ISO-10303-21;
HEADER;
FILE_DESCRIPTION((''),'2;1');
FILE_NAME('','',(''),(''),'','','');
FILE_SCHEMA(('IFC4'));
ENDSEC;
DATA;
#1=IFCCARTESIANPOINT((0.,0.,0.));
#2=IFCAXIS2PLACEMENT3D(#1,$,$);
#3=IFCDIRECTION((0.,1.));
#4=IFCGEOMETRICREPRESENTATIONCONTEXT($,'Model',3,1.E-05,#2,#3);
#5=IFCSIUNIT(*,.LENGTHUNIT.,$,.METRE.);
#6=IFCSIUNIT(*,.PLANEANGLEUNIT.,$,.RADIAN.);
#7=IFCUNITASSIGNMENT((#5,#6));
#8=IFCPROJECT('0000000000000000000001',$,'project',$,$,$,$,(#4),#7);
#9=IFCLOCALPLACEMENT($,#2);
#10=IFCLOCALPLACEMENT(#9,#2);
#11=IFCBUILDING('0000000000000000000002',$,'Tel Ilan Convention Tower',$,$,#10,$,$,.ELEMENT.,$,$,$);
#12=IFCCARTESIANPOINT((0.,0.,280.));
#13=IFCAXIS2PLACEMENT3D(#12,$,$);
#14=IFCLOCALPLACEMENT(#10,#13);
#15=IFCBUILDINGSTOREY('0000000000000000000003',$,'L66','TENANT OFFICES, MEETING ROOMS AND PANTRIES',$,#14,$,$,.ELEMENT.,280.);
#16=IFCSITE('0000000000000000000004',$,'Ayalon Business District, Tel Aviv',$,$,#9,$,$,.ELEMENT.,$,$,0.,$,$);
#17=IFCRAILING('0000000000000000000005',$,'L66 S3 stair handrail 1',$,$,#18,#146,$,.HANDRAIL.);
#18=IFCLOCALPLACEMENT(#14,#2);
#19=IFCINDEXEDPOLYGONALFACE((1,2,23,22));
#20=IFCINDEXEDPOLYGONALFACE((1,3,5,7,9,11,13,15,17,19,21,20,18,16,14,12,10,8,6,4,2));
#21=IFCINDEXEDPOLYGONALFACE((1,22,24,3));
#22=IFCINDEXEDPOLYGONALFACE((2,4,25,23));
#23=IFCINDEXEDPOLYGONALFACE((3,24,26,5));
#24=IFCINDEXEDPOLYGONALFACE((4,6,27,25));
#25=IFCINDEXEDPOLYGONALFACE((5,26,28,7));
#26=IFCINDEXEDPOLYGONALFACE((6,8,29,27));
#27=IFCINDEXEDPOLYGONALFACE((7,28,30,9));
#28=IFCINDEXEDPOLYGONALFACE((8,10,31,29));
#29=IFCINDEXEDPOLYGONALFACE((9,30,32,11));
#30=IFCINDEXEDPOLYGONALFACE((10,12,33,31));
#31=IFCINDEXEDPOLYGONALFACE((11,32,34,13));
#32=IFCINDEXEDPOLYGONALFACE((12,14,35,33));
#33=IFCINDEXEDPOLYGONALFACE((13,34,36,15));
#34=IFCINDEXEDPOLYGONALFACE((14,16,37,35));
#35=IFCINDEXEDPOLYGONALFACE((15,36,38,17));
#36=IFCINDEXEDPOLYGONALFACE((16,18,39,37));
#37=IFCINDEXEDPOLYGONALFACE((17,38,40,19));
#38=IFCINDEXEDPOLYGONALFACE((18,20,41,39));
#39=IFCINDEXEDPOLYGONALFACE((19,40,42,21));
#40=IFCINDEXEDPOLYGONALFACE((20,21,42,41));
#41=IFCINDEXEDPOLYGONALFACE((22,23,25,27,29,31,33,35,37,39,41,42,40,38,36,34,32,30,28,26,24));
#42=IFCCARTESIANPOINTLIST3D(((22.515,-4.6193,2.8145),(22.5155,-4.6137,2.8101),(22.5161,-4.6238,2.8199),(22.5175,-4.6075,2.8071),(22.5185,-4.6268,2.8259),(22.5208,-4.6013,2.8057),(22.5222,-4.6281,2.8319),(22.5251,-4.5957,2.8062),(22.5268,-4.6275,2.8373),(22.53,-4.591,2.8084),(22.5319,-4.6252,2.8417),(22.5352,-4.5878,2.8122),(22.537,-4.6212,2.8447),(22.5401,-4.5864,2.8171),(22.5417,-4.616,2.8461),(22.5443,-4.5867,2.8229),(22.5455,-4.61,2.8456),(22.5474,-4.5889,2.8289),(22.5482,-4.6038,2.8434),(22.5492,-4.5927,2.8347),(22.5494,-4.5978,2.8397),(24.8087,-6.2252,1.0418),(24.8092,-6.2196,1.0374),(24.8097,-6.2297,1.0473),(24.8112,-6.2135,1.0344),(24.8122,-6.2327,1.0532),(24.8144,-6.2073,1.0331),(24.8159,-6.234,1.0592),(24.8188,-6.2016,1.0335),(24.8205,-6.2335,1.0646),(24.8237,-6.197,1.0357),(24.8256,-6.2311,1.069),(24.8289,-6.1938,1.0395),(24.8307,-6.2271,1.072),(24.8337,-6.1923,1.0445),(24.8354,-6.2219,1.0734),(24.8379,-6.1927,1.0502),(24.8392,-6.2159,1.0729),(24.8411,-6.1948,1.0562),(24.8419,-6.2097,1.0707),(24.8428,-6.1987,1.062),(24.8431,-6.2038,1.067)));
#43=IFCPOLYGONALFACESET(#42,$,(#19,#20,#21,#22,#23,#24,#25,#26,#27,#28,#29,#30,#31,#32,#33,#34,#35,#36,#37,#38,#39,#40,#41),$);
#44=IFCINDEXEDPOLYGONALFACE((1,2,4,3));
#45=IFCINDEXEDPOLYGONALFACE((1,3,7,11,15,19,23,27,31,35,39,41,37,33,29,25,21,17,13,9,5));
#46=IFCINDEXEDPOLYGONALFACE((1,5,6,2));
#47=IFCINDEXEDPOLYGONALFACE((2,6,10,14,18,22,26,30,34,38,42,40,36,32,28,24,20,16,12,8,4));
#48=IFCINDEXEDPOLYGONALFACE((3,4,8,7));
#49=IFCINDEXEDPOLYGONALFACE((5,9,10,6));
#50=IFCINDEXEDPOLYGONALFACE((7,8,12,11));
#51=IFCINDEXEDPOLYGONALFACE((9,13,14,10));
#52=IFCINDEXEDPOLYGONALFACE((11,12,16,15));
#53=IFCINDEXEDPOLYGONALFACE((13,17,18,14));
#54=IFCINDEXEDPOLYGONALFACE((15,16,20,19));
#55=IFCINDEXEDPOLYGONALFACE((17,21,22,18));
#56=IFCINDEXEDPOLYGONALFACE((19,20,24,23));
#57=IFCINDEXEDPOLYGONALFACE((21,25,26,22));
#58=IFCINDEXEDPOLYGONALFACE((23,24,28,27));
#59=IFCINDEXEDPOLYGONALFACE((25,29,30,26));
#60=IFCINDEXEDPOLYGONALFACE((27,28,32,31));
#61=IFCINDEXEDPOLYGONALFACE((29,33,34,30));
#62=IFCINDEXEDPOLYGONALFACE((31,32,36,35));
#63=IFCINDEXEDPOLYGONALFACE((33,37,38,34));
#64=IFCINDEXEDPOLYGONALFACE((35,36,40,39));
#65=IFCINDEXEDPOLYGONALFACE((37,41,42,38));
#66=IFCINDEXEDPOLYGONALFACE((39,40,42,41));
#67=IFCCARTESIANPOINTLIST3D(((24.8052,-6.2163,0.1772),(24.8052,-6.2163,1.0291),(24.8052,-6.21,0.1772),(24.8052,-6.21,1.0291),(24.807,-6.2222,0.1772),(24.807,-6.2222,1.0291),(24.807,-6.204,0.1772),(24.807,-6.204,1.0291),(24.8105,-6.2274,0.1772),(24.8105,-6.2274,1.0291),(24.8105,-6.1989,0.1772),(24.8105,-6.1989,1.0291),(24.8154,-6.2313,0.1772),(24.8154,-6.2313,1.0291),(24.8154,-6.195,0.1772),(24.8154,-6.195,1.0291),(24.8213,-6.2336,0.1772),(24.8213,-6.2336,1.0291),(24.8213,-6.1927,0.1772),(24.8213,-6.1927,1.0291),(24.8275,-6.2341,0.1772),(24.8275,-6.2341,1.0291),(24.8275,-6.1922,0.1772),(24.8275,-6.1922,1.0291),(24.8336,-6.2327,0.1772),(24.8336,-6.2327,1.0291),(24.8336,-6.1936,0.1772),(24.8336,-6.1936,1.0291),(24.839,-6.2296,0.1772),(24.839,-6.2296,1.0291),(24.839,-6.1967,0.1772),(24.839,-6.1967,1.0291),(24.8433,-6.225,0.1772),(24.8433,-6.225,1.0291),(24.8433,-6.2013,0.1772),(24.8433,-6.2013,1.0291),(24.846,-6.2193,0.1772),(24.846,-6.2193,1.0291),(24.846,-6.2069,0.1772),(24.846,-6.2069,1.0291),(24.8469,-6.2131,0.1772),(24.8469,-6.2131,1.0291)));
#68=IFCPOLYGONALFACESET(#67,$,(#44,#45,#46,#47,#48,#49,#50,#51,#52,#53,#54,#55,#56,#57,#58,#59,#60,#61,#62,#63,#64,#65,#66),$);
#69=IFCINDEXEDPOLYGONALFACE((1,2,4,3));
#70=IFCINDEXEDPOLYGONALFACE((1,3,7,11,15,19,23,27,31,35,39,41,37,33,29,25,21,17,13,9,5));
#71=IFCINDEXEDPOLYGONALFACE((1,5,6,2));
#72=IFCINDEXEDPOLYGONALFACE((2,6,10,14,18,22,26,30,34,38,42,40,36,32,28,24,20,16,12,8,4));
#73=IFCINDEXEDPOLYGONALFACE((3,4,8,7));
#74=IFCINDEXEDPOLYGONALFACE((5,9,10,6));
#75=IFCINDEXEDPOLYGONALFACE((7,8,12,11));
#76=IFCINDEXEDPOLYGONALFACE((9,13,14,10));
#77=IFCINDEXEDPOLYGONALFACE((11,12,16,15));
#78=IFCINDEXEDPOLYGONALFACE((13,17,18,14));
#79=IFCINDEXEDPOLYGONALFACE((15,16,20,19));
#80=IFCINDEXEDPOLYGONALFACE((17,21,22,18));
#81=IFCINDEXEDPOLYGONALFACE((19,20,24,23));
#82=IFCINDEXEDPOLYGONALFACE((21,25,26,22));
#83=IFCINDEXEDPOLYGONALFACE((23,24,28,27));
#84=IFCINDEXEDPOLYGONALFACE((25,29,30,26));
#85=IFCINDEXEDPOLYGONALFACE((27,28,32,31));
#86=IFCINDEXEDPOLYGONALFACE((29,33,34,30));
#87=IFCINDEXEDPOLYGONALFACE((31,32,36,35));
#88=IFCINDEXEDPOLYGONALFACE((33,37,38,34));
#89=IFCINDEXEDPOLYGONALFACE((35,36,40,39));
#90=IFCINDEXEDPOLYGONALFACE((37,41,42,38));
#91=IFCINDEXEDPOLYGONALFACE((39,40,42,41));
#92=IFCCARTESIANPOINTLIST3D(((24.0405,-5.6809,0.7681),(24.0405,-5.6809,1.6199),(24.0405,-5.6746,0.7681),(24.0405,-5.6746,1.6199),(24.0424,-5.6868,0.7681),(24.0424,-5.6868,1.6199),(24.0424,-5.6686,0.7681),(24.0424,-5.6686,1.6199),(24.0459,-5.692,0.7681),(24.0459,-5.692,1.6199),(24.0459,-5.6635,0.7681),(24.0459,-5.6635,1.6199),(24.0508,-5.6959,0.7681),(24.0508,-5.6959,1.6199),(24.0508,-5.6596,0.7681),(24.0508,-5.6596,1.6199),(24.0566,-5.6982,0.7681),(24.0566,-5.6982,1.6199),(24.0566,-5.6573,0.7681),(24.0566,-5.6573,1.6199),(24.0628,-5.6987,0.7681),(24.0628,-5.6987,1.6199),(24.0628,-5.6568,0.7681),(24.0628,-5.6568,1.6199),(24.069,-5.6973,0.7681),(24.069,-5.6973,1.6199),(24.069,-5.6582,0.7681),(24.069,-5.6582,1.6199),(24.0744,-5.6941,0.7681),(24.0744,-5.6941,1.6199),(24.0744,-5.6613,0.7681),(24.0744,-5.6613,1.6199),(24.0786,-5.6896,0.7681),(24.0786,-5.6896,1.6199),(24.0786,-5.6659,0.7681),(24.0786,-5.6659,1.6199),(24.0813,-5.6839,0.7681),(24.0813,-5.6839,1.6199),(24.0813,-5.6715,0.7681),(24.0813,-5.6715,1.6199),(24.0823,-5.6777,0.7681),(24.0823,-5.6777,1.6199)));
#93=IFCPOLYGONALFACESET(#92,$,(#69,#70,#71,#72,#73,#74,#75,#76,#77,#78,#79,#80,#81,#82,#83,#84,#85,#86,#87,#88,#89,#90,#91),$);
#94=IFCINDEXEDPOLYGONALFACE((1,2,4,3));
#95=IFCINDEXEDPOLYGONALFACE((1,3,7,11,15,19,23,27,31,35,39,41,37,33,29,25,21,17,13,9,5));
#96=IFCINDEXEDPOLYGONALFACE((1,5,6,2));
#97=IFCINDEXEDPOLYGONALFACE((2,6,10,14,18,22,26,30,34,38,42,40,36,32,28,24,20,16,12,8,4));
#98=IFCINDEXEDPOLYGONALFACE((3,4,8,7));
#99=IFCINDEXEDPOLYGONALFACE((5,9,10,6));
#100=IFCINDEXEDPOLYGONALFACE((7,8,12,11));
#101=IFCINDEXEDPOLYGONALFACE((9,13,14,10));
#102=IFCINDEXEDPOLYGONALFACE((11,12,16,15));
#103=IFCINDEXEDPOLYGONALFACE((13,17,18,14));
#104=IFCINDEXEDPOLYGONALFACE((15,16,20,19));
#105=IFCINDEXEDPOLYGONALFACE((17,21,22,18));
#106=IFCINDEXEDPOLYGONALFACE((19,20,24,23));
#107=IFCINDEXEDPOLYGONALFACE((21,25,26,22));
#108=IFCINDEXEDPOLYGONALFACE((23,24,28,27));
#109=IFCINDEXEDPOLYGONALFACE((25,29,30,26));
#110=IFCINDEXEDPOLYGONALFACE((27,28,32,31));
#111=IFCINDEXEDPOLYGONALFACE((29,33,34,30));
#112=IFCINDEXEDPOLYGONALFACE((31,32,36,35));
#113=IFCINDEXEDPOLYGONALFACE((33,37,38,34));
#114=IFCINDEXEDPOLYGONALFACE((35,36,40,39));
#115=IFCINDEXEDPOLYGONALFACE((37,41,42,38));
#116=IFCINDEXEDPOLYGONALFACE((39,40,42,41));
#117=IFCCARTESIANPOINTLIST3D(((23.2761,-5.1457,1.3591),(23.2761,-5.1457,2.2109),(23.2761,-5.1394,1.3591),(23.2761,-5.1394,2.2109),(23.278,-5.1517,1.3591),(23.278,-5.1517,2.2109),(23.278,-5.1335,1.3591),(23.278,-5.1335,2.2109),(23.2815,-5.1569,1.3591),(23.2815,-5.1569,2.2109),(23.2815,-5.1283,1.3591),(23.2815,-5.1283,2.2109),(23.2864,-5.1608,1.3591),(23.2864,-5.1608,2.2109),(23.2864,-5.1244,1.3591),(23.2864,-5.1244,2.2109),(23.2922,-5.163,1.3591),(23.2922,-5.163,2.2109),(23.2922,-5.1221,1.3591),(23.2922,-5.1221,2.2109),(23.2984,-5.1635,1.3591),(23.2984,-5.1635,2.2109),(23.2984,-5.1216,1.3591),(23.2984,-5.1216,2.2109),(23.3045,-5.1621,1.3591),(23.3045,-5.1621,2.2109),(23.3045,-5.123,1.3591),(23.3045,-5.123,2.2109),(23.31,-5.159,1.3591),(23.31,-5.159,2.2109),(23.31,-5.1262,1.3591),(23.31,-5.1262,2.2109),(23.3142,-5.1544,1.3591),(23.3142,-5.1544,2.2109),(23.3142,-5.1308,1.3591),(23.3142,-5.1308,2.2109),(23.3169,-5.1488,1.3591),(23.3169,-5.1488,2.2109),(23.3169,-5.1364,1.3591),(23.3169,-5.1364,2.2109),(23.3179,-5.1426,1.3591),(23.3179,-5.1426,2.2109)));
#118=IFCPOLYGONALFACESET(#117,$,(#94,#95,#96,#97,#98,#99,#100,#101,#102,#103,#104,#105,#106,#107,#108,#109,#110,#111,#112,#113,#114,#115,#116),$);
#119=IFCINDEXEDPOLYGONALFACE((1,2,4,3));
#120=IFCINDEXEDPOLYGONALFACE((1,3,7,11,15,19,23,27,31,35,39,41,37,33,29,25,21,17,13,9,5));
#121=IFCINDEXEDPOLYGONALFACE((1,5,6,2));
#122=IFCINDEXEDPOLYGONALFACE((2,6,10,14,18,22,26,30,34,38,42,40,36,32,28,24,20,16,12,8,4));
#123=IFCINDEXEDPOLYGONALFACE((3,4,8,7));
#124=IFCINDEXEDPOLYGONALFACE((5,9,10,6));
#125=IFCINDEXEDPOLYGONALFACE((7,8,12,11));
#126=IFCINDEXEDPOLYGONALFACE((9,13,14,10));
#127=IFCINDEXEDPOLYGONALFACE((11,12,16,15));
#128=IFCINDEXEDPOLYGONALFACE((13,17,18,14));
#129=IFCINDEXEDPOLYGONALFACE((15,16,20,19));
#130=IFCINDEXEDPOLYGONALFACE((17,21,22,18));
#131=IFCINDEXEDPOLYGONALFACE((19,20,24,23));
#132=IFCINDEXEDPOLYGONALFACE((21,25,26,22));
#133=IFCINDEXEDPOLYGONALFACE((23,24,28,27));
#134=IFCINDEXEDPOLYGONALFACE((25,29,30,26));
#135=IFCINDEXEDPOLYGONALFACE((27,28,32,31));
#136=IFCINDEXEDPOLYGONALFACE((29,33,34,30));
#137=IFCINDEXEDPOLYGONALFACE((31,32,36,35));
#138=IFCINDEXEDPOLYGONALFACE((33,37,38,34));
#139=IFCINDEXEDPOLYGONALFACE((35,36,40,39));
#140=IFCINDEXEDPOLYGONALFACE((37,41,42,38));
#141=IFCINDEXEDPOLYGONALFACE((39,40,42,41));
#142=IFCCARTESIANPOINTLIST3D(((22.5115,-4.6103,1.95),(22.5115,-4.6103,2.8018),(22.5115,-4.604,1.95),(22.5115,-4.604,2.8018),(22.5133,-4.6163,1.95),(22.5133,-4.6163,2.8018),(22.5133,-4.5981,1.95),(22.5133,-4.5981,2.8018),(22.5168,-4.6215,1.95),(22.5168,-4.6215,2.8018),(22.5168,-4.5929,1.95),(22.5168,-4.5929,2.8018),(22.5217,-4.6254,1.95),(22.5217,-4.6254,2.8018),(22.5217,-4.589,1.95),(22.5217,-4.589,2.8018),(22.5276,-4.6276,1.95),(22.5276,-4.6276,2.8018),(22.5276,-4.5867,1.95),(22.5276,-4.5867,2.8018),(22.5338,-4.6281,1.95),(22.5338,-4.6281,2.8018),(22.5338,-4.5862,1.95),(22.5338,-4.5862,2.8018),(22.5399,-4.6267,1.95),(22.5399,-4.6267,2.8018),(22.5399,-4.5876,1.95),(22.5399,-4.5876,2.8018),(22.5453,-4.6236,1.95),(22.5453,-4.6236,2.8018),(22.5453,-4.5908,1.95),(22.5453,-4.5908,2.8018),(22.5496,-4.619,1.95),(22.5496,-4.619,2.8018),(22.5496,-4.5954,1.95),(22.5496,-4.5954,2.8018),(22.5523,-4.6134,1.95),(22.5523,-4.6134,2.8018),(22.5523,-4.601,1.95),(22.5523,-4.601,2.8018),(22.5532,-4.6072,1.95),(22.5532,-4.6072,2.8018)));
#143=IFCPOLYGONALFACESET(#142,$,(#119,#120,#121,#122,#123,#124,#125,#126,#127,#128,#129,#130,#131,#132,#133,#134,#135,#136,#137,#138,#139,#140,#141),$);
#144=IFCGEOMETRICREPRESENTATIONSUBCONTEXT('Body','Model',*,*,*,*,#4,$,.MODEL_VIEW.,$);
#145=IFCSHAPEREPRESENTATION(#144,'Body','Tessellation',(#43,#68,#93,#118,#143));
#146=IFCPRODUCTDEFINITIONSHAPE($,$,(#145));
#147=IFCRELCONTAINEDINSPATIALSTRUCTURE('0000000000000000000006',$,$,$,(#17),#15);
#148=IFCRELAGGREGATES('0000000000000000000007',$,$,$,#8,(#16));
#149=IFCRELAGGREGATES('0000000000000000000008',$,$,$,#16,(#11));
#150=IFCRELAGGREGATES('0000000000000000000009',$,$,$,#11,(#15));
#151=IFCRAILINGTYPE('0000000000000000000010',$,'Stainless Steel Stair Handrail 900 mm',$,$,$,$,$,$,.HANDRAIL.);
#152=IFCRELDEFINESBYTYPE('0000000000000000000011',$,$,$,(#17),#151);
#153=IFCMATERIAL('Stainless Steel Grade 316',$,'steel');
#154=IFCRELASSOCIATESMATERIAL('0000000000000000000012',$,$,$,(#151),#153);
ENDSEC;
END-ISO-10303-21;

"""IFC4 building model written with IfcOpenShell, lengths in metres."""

from ifc_helpers import new_model, si_unit, direction, frame, origin, origin_2d, place, context, subcontext, project, spatial, circle, extrude, material, type_object, element, save


model = new_model("IFC4")

# Units and contexts
model_context = context("Model", 3, precision=1e-05, world=origin(), true_north=direction((0.0, 1.0)))
body_context = subcontext(model_context, "Body", "Model", "MODEL_VIEW")
ifc_project = project(units=[si_unit("LENGTHUNIT", "METRE"), si_unit("PLANEANGLEUNIT", "RADIAN")], contexts=[model_context])

# Site, building, storey
site_placement = place(None, origin())
site = spatial("IfcSite", under=ifc_project, at=site_placement, Name="Ayalon Business District, Tel Aviv", CompositionType="ELEMENT", RefElevation=0.0)
building_placement = place(site_placement, origin())
building = spatial("IfcBuilding", under=site, at=building_placement, Name="Tel Ilan Convention Tower", CompositionType="ELEMENT")
storey_placement = place(building_placement, frame((0.0, 0.0, 280.0)))
storey = spatial("IfcBuildingStorey", under=building, at=storey_placement, Name="L66", Description="TENANT OFFICES, MEETING ROOMS AND PANTRIES", CompositionType="ELEMENT", Elevation=280.0)

# Railing
ifc_material_1 = material(Name="Stainless Steel Grade 316", Category="steel")
railing_type_1 = type_object("IfcRailingType", Name="Stainless Steel Stair Handrail 900 mm", PredefinedType="HANDRAIL", material=ifc_material_1)
for number, where, name in (
    (1, (24.8259, -6.2131, 0.1772), "L66 S3 stair handrail 1"),
):
    element("IfcRailing", number, at=place(storey_placement, frame(where)), inside=storey, type_object=railing_type_1, Name=name, PredefinedType="HANDRAIL", context=body_context, shape_type="SweptSolid", body=[
        extrude(circle(Radius=0.0239, at=origin_2d()), frame((0.0, 0.0, 0.876), z_axis=(-0.692123, 0.484597, 0.534913), x_axis=(-0.57355, -0.81917, 0.0)), (0.0, 0.0, 1.0), 3.314),
        extrude(circle(Radius=0.021, at=origin_2d()), origin(), (0.0, 0.0, 1.0), 0.8518),
        extrude(circle(Radius=0.021, at=origin_2d()), frame((-0.7646, 0.5354, 0.5908)), (0.0, 0.0, 1.0), 0.8518),
        extrude(circle(Radius=0.021, at=origin_2d()), frame((-1.5291, 1.0706, 1.1819)), (0.0, 0.0, 1.0), 0.8518),
        extrude(circle(Radius=0.021, at=origin_2d()), frame((-2.2937, 1.606, 1.7727)), (0.0, 0.0, 1.0), 0.8518),
    ])

save(model, "model.ifc")
